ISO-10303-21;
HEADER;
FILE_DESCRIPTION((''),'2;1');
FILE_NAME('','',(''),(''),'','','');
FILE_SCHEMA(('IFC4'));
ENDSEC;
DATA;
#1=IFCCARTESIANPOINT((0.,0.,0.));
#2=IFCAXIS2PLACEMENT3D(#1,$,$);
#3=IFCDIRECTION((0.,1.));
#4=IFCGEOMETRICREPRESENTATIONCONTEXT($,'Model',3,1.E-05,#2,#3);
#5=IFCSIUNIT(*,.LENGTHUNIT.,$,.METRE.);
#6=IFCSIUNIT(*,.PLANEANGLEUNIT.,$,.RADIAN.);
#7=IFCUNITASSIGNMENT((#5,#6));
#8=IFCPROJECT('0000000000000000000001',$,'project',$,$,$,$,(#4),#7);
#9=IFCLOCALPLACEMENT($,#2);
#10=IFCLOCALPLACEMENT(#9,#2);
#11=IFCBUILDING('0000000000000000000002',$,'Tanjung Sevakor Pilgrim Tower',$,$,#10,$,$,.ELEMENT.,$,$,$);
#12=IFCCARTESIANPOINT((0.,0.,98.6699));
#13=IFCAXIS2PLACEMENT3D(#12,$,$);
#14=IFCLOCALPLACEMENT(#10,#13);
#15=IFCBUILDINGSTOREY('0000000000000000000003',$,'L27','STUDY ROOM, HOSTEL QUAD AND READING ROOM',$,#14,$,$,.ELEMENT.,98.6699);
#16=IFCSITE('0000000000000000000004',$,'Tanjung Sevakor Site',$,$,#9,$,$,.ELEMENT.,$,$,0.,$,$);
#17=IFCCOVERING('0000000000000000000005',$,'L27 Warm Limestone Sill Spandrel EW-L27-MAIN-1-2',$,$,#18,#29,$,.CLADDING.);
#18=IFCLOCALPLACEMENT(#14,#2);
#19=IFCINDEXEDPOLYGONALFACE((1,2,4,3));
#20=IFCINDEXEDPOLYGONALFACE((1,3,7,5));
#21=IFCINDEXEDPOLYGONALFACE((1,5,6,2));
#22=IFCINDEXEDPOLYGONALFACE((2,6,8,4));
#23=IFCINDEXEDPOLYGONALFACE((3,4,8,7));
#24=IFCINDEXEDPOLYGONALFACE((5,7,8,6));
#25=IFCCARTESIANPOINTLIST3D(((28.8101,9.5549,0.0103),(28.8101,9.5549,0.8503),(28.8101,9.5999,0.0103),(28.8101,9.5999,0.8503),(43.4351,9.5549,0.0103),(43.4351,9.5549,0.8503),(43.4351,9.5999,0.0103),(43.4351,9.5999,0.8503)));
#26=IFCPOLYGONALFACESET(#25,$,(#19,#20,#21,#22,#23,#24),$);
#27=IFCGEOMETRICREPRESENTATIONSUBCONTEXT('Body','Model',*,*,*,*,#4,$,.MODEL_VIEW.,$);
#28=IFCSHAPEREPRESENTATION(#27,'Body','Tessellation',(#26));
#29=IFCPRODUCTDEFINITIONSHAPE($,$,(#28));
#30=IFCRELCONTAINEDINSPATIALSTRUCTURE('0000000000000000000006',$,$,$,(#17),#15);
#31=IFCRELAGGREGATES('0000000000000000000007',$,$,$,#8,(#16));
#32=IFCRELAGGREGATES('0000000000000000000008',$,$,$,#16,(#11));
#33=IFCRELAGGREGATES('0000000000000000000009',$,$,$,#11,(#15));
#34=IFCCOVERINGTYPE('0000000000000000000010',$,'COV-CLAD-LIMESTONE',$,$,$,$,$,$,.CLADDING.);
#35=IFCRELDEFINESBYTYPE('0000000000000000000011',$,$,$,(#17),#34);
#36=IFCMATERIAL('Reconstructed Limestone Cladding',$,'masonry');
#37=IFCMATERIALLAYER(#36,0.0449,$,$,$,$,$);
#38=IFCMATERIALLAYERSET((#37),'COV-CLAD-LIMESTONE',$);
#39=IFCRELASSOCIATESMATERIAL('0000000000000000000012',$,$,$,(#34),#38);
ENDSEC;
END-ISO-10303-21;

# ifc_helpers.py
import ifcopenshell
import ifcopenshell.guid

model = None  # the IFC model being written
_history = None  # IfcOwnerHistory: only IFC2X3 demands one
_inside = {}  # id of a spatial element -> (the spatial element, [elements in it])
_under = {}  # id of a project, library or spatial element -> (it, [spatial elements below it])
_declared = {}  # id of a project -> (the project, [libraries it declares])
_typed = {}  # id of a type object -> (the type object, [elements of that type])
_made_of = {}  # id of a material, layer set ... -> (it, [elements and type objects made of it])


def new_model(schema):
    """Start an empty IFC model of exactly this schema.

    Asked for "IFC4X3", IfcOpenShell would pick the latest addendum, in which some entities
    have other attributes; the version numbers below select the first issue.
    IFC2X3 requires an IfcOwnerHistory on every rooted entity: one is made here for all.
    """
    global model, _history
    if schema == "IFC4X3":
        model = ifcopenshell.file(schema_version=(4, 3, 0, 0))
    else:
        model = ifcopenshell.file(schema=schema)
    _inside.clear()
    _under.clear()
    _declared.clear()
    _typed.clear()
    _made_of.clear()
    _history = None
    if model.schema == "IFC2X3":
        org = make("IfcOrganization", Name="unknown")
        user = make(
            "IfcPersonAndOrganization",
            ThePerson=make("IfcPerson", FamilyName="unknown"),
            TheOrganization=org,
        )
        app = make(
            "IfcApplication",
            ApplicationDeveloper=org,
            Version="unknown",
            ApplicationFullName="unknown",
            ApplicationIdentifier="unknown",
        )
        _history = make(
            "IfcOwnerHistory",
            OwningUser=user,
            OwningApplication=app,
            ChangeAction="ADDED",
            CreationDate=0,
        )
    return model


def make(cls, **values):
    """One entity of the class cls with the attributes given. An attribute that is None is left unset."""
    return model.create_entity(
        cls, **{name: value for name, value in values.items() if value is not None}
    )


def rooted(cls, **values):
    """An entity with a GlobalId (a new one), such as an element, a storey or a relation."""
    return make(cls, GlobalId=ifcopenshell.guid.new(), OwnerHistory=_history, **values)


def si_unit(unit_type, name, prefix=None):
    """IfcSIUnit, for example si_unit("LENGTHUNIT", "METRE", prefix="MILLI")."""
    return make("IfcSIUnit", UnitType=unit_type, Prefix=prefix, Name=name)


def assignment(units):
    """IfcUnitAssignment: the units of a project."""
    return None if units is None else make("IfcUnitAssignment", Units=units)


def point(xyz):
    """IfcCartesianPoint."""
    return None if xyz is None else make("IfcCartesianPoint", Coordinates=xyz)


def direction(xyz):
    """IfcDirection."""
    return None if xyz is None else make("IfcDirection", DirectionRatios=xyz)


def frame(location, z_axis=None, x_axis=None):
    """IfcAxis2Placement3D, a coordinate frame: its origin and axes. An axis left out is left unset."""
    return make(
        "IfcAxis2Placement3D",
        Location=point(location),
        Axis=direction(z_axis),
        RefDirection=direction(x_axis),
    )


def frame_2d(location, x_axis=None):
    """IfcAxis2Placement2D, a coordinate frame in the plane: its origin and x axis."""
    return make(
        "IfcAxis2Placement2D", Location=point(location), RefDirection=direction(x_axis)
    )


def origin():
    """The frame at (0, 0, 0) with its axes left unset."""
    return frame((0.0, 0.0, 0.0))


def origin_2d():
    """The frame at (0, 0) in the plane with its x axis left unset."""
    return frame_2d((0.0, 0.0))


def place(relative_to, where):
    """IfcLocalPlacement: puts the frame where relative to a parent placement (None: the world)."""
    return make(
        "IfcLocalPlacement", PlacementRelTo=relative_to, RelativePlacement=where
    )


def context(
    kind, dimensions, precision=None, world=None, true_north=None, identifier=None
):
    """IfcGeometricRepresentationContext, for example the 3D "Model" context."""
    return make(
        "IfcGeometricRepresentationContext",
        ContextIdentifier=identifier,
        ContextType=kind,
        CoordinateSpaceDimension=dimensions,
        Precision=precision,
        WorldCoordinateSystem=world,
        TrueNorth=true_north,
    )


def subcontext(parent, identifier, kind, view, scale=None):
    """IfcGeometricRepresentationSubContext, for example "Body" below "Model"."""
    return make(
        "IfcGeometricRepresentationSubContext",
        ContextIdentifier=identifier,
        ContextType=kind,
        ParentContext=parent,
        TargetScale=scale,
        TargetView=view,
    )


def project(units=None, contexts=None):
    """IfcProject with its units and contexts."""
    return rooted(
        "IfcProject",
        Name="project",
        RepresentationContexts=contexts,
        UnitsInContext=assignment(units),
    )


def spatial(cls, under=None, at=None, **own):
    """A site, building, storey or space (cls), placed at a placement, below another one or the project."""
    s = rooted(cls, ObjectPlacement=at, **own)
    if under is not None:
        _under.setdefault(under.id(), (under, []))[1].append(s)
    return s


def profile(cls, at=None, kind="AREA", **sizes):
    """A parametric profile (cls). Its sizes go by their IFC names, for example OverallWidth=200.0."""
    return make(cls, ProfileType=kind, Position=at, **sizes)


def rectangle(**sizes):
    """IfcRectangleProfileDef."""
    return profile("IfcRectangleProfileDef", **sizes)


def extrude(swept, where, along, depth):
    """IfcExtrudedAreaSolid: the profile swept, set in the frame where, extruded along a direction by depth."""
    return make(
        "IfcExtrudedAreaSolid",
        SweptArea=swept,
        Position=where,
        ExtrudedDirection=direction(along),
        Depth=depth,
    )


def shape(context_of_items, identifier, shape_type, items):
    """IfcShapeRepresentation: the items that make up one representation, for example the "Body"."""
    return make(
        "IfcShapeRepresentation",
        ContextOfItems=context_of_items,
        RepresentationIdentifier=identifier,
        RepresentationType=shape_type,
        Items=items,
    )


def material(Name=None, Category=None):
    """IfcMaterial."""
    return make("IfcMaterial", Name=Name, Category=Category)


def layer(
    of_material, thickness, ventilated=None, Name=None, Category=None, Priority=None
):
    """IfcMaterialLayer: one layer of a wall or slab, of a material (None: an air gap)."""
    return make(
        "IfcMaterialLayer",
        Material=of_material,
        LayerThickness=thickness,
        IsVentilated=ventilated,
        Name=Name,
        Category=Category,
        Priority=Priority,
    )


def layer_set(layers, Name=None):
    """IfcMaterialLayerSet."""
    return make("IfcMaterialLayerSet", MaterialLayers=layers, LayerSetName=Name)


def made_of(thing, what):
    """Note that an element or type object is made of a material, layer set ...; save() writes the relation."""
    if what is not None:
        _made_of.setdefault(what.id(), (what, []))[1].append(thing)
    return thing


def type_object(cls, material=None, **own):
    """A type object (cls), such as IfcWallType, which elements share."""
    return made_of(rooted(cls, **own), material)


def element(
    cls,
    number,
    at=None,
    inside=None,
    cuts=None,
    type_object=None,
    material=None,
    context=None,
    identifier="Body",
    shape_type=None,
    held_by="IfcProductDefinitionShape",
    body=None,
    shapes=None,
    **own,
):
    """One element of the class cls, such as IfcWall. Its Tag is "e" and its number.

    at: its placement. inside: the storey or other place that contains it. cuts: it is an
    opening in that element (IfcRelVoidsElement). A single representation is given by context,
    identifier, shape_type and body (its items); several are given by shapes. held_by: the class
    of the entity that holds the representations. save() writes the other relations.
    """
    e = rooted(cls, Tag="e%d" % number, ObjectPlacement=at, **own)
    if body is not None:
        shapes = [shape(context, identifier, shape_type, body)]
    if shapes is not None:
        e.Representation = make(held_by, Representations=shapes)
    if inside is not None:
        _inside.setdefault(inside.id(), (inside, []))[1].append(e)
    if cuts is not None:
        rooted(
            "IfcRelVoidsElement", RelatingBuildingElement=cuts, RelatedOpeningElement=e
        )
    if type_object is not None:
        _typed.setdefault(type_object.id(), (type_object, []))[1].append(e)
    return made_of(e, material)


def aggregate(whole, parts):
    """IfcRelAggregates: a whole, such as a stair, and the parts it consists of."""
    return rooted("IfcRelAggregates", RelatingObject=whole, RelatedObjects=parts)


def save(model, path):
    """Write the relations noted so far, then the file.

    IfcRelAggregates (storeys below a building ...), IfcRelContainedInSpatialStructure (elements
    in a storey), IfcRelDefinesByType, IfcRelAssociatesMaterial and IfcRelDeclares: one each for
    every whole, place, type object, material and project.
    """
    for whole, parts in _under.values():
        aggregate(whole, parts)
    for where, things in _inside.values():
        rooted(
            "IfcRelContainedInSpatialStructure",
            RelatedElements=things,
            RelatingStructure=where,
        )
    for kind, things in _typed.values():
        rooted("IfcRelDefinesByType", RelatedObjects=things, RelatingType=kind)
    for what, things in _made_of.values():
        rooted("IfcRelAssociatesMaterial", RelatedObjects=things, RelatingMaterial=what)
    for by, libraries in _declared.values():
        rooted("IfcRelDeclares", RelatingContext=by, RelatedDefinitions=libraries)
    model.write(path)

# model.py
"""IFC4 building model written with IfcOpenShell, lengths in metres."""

from ifc_helpers import new_model, si_unit, direction, frame, origin, origin_2d, place, context, subcontext, project, spatial, rectangle, extrude, material, layer, layer_set, type_object, element, save


model = new_model("IFC4")

# Units and contexts
model_context = context("Model", 3, precision=1e-05, world=origin(), true_north=direction((0.0, 1.0)))
body_context = subcontext(model_context, "Body", "Model", "MODEL_VIEW")
ifc_project = project(units=[si_unit("LENGTHUNIT", "METRE"), si_unit("PLANEANGLEUNIT", "RADIAN")], contexts=[model_context])

# Site, building, storey
site_placement = place(None, origin())
site = spatial("IfcSite", under=ifc_project, at=site_placement, Name="Tanjung Sevakor Site", CompositionType="ELEMENT", RefElevation=0.0)
building_placement = place(site_placement, origin())
building = spatial("IfcBuilding", under=site, at=building_placement, Name="Tanjung Sevakor Pilgrim Tower", CompositionType="ELEMENT")
storey_placement = place(building_placement, frame((0.0, 0.0, 98.6699)))
storey = spatial("IfcBuildingStorey", under=building, at=storey_placement, Name="L27", Description="STUDY ROOM, HOSTEL QUAD AND READING ROOM", CompositionType="ELEMENT", Elevation=98.6699)

# Covering
ifc_material_1 = material(Name="Reconstructed Limestone Cladding", Category="masonry")
ifc_layer_1 = layer(ifc_material_1, 0.0449)
ifc_layer_set_1 = layer_set([ifc_layer_1], Name="COV-CLAD-LIMESTONE")
covering_type = type_object("IfcCoveringType", Name="COV-CLAD-LIMESTONE", PredefinedType="CLADDING", material=ifc_layer_set_1)
covering_placement = place(storey_placement, frame((36.1226, 9.5774, 0.0103), z_axis=(0.0, 0.0, 1.0), x_axis=(1.0, 0.0, 0.0)))
element("IfcCovering", 1, at=covering_placement, inside=storey, type_object=covering_type, Name="L27 Warm Limestone Sill Spandrel EW-L27-MAIN-1-2", PredefinedType="CLADDING", context=body_context, shape_type="SweptSolid", body=[
    extrude(rectangle(XDim=14.625, YDim=0.0449, at=origin_2d()), origin(), (0.0, 0.0, 1.0), 0.8401),
])

save(model, "model.ifc")
